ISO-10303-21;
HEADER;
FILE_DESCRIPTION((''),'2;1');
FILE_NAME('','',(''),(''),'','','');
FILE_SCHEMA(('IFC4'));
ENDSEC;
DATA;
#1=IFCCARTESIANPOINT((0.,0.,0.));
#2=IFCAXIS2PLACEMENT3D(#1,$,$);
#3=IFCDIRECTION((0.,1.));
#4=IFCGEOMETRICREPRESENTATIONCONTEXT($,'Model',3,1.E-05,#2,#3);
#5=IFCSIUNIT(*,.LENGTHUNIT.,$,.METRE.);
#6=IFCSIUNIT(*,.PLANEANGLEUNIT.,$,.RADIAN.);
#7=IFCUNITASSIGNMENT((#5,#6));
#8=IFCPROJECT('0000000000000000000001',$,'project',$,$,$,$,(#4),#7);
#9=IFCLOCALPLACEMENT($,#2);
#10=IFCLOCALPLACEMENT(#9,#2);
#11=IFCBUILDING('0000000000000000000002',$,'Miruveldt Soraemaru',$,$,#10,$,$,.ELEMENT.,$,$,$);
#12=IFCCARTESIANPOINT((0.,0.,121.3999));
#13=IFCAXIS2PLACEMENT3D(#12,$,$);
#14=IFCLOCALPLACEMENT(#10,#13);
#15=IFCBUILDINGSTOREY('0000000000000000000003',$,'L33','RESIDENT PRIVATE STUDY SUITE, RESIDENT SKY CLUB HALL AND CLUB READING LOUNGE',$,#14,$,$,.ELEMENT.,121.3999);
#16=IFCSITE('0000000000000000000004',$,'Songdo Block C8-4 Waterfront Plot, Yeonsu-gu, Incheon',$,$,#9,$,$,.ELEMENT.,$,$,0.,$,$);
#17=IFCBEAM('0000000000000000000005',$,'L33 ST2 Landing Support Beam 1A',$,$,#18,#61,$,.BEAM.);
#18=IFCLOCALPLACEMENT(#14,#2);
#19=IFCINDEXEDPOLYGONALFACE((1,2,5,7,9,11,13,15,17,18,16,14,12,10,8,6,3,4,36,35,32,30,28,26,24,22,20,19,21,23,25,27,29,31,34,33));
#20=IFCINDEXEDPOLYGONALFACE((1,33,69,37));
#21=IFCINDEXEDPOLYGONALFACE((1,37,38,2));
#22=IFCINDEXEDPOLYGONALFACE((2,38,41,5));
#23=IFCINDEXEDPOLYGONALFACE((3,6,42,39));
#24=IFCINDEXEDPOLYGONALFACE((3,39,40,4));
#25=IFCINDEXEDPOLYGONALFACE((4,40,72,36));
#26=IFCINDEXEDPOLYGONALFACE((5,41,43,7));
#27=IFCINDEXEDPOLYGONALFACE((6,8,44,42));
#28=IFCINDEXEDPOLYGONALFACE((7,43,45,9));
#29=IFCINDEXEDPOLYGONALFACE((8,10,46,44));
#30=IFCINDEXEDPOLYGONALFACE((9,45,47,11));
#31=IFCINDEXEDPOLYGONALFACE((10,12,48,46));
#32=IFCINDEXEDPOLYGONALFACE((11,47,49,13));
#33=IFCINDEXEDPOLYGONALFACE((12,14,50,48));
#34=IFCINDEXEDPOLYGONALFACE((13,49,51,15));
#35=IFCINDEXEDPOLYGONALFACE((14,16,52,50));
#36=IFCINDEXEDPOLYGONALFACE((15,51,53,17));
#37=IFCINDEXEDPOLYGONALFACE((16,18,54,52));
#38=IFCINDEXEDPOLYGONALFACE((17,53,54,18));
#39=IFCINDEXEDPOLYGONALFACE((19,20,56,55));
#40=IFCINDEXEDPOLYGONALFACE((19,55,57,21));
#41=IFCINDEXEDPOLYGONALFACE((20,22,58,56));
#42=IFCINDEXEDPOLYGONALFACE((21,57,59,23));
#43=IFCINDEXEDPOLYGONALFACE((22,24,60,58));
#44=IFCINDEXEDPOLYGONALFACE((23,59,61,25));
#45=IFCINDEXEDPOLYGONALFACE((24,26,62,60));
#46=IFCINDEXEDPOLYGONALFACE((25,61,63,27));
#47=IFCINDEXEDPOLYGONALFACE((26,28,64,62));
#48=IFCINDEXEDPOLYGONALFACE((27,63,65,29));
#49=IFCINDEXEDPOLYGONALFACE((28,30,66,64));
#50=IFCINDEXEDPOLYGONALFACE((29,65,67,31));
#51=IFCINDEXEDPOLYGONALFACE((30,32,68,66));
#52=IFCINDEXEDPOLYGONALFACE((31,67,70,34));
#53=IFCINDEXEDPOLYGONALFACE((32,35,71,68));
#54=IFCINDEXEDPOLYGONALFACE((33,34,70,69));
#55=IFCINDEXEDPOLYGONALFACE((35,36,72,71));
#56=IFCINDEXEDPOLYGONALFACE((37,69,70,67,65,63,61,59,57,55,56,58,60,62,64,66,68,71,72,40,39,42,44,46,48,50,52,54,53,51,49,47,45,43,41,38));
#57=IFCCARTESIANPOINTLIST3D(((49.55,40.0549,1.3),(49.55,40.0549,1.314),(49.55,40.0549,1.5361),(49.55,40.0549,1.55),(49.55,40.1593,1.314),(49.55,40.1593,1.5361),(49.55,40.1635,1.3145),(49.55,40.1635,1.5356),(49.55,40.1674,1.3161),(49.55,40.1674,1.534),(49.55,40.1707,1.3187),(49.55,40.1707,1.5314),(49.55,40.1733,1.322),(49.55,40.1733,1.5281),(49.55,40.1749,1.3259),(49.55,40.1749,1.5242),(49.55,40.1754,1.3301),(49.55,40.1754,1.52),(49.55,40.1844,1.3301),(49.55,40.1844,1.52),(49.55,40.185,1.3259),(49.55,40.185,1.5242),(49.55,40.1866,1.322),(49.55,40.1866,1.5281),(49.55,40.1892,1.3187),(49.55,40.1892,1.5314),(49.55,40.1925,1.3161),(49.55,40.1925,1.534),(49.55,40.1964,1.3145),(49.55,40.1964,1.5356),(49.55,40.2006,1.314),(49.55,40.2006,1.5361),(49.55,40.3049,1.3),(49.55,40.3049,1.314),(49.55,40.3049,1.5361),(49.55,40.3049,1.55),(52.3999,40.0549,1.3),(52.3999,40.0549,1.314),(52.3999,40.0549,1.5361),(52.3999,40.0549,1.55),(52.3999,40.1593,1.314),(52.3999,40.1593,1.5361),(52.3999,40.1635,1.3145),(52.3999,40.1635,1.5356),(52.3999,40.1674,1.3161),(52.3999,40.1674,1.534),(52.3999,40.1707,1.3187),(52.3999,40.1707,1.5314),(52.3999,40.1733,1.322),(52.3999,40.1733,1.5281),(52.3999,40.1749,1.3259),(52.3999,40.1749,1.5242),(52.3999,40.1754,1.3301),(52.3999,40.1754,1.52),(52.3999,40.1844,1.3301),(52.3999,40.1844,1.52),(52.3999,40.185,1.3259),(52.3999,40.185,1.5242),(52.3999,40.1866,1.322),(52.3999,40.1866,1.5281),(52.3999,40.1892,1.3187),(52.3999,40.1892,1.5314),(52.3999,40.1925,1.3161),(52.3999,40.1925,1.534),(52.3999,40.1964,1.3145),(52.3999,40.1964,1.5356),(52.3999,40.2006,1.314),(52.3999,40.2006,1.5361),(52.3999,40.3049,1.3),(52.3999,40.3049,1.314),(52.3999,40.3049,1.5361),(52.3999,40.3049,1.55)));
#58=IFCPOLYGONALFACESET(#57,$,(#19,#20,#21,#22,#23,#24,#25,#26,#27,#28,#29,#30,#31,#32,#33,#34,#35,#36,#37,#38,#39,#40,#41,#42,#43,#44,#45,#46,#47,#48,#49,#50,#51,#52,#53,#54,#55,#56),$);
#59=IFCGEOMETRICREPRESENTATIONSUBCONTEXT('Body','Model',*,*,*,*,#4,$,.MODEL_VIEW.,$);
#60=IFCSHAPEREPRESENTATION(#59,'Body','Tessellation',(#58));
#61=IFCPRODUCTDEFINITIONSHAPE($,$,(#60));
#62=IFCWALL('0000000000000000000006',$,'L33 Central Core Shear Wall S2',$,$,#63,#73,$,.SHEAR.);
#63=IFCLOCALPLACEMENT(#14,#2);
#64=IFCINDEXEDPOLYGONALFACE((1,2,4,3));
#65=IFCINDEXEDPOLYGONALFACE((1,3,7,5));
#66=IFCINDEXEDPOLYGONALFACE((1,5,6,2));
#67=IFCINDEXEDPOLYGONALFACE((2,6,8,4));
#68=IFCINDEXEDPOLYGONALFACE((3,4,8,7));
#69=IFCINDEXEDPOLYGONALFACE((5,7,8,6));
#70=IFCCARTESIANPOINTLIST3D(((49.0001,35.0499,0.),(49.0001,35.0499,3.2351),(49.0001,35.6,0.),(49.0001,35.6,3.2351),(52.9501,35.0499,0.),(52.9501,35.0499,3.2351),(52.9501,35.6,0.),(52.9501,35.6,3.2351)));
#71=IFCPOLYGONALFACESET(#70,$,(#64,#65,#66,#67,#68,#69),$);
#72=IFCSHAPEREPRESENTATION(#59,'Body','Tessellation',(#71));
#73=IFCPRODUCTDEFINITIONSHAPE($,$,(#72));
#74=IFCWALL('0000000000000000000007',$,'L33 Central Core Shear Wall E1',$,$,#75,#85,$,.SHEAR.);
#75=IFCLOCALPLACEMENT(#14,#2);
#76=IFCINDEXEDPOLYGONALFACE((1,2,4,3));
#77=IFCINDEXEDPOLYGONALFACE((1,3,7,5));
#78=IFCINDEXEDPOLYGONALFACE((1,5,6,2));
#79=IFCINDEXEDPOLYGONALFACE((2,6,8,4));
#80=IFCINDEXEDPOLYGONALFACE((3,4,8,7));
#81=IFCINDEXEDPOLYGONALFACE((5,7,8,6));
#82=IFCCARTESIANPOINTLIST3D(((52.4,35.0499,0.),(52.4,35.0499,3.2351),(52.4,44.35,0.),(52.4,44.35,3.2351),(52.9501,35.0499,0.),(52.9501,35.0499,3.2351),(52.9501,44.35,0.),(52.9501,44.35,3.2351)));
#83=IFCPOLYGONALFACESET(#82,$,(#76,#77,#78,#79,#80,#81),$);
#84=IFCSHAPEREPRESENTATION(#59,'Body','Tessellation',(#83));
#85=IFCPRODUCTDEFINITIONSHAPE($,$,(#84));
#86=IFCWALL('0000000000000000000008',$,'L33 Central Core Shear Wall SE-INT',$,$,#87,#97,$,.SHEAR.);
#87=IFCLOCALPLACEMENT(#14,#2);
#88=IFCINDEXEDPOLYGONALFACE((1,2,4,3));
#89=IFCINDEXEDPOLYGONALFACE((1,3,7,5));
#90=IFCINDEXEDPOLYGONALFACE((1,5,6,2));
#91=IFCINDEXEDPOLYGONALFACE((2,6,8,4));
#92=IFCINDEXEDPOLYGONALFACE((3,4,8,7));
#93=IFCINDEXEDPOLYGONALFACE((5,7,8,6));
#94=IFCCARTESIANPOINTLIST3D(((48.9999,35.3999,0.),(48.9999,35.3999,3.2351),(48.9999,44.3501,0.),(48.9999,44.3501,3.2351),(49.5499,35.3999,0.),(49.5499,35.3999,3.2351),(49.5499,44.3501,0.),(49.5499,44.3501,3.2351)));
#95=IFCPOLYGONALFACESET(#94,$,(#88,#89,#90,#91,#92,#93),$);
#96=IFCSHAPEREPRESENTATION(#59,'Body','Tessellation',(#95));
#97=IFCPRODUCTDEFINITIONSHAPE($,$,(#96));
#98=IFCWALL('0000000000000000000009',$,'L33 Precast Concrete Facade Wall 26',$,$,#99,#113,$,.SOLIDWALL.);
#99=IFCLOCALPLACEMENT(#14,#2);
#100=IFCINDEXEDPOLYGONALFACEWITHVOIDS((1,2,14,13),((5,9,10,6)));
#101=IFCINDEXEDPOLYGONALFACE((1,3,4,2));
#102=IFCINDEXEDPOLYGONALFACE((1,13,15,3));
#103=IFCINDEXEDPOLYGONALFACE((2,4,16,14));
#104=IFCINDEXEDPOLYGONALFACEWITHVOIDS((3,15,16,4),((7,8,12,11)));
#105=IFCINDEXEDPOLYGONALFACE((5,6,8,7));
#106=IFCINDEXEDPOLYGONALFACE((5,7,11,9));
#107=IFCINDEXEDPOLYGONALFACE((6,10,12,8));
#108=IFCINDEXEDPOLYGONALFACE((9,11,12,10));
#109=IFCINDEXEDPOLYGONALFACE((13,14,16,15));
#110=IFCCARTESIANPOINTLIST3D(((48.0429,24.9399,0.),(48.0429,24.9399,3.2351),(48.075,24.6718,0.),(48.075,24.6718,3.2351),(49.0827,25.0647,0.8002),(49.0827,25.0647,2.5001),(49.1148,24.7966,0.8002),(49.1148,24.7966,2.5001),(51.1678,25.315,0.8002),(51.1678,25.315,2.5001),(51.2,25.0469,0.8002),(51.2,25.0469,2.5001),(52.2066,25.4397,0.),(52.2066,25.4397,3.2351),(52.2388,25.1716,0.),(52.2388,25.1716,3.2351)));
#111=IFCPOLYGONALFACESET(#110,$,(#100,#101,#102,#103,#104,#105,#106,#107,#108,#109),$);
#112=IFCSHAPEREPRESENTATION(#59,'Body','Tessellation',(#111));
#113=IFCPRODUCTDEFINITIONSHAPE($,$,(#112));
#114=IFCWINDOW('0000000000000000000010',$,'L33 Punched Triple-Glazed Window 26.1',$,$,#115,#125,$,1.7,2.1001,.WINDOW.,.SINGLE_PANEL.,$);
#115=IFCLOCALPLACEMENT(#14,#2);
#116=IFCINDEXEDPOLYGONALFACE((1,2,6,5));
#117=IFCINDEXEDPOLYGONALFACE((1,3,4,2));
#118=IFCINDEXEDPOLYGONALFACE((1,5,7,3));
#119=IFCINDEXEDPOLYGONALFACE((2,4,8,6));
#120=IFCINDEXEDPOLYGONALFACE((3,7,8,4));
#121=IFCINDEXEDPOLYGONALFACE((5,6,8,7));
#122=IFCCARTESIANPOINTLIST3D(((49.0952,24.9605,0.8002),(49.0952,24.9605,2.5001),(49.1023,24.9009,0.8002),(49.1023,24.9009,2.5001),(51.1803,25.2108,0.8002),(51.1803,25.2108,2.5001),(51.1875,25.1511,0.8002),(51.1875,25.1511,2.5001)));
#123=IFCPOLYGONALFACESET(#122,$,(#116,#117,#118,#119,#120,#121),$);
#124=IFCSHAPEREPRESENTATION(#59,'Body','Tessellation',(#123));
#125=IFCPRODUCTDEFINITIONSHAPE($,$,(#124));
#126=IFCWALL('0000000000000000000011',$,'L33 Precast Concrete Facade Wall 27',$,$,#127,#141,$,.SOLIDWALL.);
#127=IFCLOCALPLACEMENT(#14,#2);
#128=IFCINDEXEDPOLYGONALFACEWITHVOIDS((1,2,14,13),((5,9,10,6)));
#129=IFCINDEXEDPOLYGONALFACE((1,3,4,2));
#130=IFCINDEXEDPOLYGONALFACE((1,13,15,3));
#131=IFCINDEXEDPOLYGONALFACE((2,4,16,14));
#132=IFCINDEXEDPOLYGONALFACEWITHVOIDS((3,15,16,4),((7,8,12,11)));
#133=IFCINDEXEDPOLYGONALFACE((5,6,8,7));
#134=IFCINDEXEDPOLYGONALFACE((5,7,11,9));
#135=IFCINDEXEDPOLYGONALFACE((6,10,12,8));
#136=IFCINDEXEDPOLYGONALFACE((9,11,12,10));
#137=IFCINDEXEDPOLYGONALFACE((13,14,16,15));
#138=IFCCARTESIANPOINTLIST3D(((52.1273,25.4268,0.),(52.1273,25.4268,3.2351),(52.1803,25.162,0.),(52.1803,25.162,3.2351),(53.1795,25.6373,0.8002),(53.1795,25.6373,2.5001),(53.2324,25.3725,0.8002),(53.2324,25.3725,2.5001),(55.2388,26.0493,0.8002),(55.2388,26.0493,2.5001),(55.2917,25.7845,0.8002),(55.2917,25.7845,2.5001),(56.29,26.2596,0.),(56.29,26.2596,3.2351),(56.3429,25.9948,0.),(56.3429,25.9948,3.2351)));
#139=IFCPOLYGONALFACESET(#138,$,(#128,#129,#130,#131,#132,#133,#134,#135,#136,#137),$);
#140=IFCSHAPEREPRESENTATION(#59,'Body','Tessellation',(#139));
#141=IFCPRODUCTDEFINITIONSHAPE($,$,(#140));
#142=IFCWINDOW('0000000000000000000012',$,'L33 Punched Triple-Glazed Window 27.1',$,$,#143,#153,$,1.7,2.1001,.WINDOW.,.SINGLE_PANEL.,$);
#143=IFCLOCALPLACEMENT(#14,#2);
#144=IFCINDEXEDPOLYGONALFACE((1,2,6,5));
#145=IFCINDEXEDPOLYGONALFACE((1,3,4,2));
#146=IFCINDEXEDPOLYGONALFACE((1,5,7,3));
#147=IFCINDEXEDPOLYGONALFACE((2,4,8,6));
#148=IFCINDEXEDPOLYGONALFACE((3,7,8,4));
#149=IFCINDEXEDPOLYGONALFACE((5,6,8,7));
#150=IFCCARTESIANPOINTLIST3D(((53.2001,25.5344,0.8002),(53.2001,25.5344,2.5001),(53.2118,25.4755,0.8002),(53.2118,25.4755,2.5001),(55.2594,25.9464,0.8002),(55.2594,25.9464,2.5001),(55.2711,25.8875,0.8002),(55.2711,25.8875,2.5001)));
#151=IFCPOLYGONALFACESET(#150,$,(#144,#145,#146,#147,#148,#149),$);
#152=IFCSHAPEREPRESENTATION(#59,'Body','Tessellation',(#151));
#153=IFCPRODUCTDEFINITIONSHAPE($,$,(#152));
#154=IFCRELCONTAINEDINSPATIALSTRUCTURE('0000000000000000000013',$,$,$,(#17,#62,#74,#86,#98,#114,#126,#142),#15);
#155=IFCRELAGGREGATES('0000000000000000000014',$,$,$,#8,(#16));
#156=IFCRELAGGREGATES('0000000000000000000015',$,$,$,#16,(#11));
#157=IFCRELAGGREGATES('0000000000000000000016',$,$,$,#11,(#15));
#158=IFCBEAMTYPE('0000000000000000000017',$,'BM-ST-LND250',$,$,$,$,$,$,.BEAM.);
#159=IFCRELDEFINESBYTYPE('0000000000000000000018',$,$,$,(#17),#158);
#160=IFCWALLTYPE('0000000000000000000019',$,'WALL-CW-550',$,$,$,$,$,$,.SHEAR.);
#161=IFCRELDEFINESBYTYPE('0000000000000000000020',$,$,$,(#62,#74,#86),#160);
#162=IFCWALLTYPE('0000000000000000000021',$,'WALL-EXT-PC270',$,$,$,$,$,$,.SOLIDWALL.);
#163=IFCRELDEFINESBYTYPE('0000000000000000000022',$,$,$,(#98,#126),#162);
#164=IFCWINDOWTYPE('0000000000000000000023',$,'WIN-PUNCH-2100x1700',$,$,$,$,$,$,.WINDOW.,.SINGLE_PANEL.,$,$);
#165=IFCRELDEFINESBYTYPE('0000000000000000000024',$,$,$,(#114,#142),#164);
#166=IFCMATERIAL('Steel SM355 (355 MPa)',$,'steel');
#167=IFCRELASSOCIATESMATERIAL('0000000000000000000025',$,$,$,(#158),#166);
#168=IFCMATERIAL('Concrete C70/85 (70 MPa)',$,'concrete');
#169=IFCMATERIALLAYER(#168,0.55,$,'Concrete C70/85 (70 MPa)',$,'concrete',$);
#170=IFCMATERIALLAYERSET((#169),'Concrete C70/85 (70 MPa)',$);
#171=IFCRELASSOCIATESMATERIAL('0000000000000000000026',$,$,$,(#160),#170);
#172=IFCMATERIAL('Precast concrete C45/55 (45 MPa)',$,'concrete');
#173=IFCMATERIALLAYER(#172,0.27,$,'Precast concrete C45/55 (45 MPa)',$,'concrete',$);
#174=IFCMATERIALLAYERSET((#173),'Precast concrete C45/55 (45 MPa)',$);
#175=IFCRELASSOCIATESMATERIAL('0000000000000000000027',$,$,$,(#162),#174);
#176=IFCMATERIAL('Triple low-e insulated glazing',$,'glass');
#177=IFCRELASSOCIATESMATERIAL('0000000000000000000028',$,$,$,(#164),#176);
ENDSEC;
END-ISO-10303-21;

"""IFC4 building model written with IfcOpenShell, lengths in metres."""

from ifc_helpers import new_model, si_unit, direction, frame, frame_2d, origin, origin_2d, place, context, subcontext, project, spatial, rectangle, i_section, extrude, material, layer, layer_set, material_profile, profile_set, type_object, element, fill, save


model = new_model("IFC4")

# Units and contexts
model_context = context("Model", 3, precision=1e-05, world=origin(), true_north=direction((0.0, 1.0)))
body_context = subcontext(model_context, "Body", "Model", "MODEL_VIEW")
ifc_project = project(units=[si_unit("LENGTHUNIT", "METRE"), si_unit("PLANEANGLEUNIT", "RADIAN")], contexts=[model_context])

# Site, building, storey
site_placement = place(None, origin())
site = spatial("IfcSite", under=ifc_project, at=site_placement, Name="Songdo Block C8-4 Waterfront Plot, Yeonsu-gu, Incheon", CompositionType="ELEMENT", RefElevation=0.0)
building_placement = place(site_placement, origin())
building = spatial("IfcBuilding", under=site, at=building_placement, Name="Miruveldt Soraemaru", CompositionType="ELEMENT")
storey_placement = place(building_placement, frame((0.0, 0.0, 121.3999)))
storey = spatial("IfcBuildingStorey", under=building, at=storey_placement, Name="L33", Description="RESIDENT PRIVATE STUDY SUITE, RESIDENT SKY CLUB HALL AND CLUB READING LOUNGE", CompositionType="ELEMENT", Elevation=121.3999)

# Shared definitions
ifc_material_1 = material(Name="Concrete C70/85 (70 MPa)", Category="concrete")

# Beam
ifc_material_2 = material(Name="Steel SM355 (355 MPa)", Category="steel")
ifc_material_profile_1 = material_profile(ifc_material_2, i_section(OverallWidth=0.25, OverallDepth=0.25, WebThickness=0.009, FlangeThickness=0.0139, FilletRadius=0.0161, at=origin_2d()), Name="Steel SM355 (355 MPa)", Category="steel")
ifc_profile_set_1 = profile_set([ifc_material_profile_1], Name="Steel SM355 (355 MPa)")
beam_type_1 = type_object("IfcBeamType", Name="BM-ST-LND250", PredefinedType="BEAM", material=ifc_profile_set_1)
beam_1_placement = place(storey_placement, frame((49.55, 40.1799, 1.425), z_axis=(1.0, 0.0, 0.0), x_axis=(0.0, 1.0, 0.0)))
element("IfcBeam", 1, at=beam_1_placement, inside=storey, type_object=beam_type_1, Name="L33 ST2 Landing Support Beam 1A", PredefinedType="BEAM", context=body_context, shape_type="SweptSolid", body=[
    extrude(i_section(OverallWidth=0.25, OverallDepth=0.25, WebThickness=0.009, FlangeThickness=0.0139, FilletRadius=0.0161, at=origin_2d()), origin(), (0.0, 0.0, 1.0), 2.8499),
])

# Walls
ifc_layer_1 = layer(ifc_material_1, 0.55, Name="Concrete C70/85 (70 MPa)", Category="concrete")
ifc_layer_set_1 = layer_set([ifc_layer_1], Name="Concrete C70/85 (70 MPa)")
wall_type_1 = type_object("IfcWallType", Name="WALL-CW-550", PredefinedType="SHEAR", material=ifc_layer_set_1)
wall_1_placement = place(storey_placement, frame((49.0, 35.325, 0.0), z_axis=(0.0, 0.0, 1.0), x_axis=(1.0, 0.0, 0.0)))
element("IfcWall", 2, at=wall_1_placement, inside=storey, type_object=wall_type_1, Name="L33 Central Core Shear Wall S2", PredefinedType="SHEAR", context=body_context, shape_type="SweptSolid", body=[
    extrude(rectangle(XDim=3.95, YDim=0.55, at=frame_2d((1.9751, 0.0))), origin(), (0.0, 0.0, 1.0), 3.2351),
])
wall_2_placement = place(storey_placement, frame((52.675, 35.05, 0.0), z_axis=(0.0, 0.0, 1.0), x_axis=(0.0, 1.0, 0.0)))
element("IfcWall", 3, at=wall_2_placement, inside=storey, type_object=wall_type_1, Name="L33 Central Core Shear Wall E1", PredefinedType="SHEAR", context=body_context, shape_type="SweptSolid", body=[
    extrude(rectangle(XDim=9.3, YDim=0.55, at=frame_2d((4.6499, 0.0))), origin(), (0.0, 0.0, 1.0), 3.2351),
])
wall_3_placement = place(storey_placement, frame((49.2749, 35.3999, 0.0), z_axis=(0.0, 0.0, 1.0), x_axis=(0.0, 1.0, 0.0)))
element("IfcWall", 4, at=wall_3_placement, inside=storey, type_object=wall_type_1, Name="L33 Central Core Shear Wall SE-INT", PredefinedType="SHEAR", context=body_context, shape_type="SweptSolid", body=[
    extrude(rectangle(XDim=8.9502, YDim=0.55, at=frame_2d((4.4751, 0.0))), origin(), (0.0, 0.0, 1.0), 3.2351),
])

# Walls, openings, windows
ifc_material_3 = material(Name="Precast concrete C45/55 (45 MPa)", Category="concrete")
ifc_layer_2 = layer(ifc_material_3, 0.27, Name="Precast concrete C45/55 (45 MPa)", Category="concrete")
ifc_layer_set_2 = layer_set([ifc_layer_2], Name="Precast concrete C45/55 (45 MPa)")
wall_type_2 = type_object("IfcWallType", Name="WALL-EXT-PC270", PredefinedType="SOLIDWALL", material=ifc_layer_set_2)
wall_4_placement = place(storey_placement, frame((48.0591, 24.8059, 0.0), z_axis=(0.0, 0.0, 1.0), x_axis=(0.992874, 0.119168, 0.0)))
wall_4 = element("IfcWall", 5, at=wall_4_placement, inside=storey, type_object=wall_type_2, Name="L33 Precast Concrete Facade Wall 26", PredefinedType="SOLIDWALL", context=body_context, shape_type="SweptSolid", body=[
    extrude(rectangle(XDim=4.1936, YDim=0.27, at=frame_2d((2.0967, 0.0))), origin(), (0.0, 0.0, 1.0), 3.2351),
])
opening_1_placement = place(wall_4_placement, frame((1.0471, 0.0, 0.8)))
opening_1 = element("IfcOpeningElement", 6, at=opening_1_placement, cuts=wall_4, PredefinedType="OPENING", context=body_context, shape_type="SweptSolid", body=[
    extrude(rectangle(XDim=2.1001, YDim=1.7, at=frame_2d((1.05, 0.8501))), frame((0.0, 0.145, 0.0), z_axis=(0.0, -1.0, 0.0), x_axis=(1.0, 0.0, 0.0)), (0.0, 0.0, 1.0), 0.29),
])
ifc_material_4 = material(Name="Triple low-e insulated glazing", Category="glass")
window_type = type_object("IfcWindowType", Name="WIN-PUNCH-2100x1700", PartitioningType="SINGLE_PANEL", PredefinedType="WINDOW", material=ifc_material_4)
window_1_placement = place(opening_1_placement, origin())
window_1 = element("IfcWindow", 7, at=window_1_placement, inside=storey, type_object=window_type, Name="L33 Punched Triple-Glazed Window 26.1", OverallHeight=1.7, OverallWidth=2.1001, PartitioningType="SINGLE_PANEL", PredefinedType="WINDOW", context=body_context, shape_type="SweptSolid", body=[
    extrude(rectangle(XDim=2.1001, YDim=1.7, at=frame_2d((1.05, 0.8501))), frame((0.0, 0.03, 0.0), z_axis=(0.0, -1.0, 0.0), x_axis=(1.0, 0.0, 0.0)), (0.0, 0.0, 1.0), 0.0601),
])
fill(opening_1, window_1)
wall_5_placement = place(storey_placement, frame((52.1538, 25.2944, 0.0), z_axis=(0.0, 0.0, 1.0), x_axis=(0.98057, 0.196171, 0.0)))
wall_5 = element("IfcWall", 8, at=wall_5_placement, inside=storey, type_object=wall_type_2, Name="L33 Precast Concrete Facade Wall 27", PredefinedType="SOLIDWALL", context=body_context, shape_type="SweptSolid", body=[
    extrude(rectangle(XDim=4.2451, YDim=0.27, at=frame_2d((2.1226, 0.0))), origin(), (0.0, 0.0, 1.0), 3.2351),
])
opening_2_placement = place(wall_5_placement, frame((1.073, 0.0, 0.8)))
opening_2 = element("IfcOpeningElement", 9, at=opening_2_placement, cuts=wall_5, PredefinedType="OPENING", context=body_context, shape_type="SweptSolid", body=[
    extrude(rectangle(XDim=2.1001, YDim=1.7, at=frame_2d((1.05, 0.8501))), frame((0.0, 0.145, 0.0), z_axis=(0.0, -1.0, 0.0), x_axis=(1.0, 0.0, 0.0)), (0.0, 0.0, 1.0), 0.29),
])
window_2_placement = place(opening_2_placement, origin())
window_2 = element("IfcWindow", 10, at=window_2_placement, inside=storey, type_object=window_type, Name="L33 Punched Triple-Glazed Window 27.1", OverallHeight=1.7, OverallWidth=2.1001, PartitioningType="SINGLE_PANEL", PredefinedType="WINDOW", context=body_context, shape_type="SweptSolid", body=[
    extrude(rectangle(XDim=2.1001, YDim=1.7, at=frame_2d((1.05, 0.8501))), frame((0.0, 0.03, 0.0), z_axis=(0.0, -1.0, 0.0), x_axis=(1.0, 0.0, 0.0)), (0.0, 0.0, 1.0), 0.0601),
])
fill(opening_2, window_2)

save(model, "model.ifc")
